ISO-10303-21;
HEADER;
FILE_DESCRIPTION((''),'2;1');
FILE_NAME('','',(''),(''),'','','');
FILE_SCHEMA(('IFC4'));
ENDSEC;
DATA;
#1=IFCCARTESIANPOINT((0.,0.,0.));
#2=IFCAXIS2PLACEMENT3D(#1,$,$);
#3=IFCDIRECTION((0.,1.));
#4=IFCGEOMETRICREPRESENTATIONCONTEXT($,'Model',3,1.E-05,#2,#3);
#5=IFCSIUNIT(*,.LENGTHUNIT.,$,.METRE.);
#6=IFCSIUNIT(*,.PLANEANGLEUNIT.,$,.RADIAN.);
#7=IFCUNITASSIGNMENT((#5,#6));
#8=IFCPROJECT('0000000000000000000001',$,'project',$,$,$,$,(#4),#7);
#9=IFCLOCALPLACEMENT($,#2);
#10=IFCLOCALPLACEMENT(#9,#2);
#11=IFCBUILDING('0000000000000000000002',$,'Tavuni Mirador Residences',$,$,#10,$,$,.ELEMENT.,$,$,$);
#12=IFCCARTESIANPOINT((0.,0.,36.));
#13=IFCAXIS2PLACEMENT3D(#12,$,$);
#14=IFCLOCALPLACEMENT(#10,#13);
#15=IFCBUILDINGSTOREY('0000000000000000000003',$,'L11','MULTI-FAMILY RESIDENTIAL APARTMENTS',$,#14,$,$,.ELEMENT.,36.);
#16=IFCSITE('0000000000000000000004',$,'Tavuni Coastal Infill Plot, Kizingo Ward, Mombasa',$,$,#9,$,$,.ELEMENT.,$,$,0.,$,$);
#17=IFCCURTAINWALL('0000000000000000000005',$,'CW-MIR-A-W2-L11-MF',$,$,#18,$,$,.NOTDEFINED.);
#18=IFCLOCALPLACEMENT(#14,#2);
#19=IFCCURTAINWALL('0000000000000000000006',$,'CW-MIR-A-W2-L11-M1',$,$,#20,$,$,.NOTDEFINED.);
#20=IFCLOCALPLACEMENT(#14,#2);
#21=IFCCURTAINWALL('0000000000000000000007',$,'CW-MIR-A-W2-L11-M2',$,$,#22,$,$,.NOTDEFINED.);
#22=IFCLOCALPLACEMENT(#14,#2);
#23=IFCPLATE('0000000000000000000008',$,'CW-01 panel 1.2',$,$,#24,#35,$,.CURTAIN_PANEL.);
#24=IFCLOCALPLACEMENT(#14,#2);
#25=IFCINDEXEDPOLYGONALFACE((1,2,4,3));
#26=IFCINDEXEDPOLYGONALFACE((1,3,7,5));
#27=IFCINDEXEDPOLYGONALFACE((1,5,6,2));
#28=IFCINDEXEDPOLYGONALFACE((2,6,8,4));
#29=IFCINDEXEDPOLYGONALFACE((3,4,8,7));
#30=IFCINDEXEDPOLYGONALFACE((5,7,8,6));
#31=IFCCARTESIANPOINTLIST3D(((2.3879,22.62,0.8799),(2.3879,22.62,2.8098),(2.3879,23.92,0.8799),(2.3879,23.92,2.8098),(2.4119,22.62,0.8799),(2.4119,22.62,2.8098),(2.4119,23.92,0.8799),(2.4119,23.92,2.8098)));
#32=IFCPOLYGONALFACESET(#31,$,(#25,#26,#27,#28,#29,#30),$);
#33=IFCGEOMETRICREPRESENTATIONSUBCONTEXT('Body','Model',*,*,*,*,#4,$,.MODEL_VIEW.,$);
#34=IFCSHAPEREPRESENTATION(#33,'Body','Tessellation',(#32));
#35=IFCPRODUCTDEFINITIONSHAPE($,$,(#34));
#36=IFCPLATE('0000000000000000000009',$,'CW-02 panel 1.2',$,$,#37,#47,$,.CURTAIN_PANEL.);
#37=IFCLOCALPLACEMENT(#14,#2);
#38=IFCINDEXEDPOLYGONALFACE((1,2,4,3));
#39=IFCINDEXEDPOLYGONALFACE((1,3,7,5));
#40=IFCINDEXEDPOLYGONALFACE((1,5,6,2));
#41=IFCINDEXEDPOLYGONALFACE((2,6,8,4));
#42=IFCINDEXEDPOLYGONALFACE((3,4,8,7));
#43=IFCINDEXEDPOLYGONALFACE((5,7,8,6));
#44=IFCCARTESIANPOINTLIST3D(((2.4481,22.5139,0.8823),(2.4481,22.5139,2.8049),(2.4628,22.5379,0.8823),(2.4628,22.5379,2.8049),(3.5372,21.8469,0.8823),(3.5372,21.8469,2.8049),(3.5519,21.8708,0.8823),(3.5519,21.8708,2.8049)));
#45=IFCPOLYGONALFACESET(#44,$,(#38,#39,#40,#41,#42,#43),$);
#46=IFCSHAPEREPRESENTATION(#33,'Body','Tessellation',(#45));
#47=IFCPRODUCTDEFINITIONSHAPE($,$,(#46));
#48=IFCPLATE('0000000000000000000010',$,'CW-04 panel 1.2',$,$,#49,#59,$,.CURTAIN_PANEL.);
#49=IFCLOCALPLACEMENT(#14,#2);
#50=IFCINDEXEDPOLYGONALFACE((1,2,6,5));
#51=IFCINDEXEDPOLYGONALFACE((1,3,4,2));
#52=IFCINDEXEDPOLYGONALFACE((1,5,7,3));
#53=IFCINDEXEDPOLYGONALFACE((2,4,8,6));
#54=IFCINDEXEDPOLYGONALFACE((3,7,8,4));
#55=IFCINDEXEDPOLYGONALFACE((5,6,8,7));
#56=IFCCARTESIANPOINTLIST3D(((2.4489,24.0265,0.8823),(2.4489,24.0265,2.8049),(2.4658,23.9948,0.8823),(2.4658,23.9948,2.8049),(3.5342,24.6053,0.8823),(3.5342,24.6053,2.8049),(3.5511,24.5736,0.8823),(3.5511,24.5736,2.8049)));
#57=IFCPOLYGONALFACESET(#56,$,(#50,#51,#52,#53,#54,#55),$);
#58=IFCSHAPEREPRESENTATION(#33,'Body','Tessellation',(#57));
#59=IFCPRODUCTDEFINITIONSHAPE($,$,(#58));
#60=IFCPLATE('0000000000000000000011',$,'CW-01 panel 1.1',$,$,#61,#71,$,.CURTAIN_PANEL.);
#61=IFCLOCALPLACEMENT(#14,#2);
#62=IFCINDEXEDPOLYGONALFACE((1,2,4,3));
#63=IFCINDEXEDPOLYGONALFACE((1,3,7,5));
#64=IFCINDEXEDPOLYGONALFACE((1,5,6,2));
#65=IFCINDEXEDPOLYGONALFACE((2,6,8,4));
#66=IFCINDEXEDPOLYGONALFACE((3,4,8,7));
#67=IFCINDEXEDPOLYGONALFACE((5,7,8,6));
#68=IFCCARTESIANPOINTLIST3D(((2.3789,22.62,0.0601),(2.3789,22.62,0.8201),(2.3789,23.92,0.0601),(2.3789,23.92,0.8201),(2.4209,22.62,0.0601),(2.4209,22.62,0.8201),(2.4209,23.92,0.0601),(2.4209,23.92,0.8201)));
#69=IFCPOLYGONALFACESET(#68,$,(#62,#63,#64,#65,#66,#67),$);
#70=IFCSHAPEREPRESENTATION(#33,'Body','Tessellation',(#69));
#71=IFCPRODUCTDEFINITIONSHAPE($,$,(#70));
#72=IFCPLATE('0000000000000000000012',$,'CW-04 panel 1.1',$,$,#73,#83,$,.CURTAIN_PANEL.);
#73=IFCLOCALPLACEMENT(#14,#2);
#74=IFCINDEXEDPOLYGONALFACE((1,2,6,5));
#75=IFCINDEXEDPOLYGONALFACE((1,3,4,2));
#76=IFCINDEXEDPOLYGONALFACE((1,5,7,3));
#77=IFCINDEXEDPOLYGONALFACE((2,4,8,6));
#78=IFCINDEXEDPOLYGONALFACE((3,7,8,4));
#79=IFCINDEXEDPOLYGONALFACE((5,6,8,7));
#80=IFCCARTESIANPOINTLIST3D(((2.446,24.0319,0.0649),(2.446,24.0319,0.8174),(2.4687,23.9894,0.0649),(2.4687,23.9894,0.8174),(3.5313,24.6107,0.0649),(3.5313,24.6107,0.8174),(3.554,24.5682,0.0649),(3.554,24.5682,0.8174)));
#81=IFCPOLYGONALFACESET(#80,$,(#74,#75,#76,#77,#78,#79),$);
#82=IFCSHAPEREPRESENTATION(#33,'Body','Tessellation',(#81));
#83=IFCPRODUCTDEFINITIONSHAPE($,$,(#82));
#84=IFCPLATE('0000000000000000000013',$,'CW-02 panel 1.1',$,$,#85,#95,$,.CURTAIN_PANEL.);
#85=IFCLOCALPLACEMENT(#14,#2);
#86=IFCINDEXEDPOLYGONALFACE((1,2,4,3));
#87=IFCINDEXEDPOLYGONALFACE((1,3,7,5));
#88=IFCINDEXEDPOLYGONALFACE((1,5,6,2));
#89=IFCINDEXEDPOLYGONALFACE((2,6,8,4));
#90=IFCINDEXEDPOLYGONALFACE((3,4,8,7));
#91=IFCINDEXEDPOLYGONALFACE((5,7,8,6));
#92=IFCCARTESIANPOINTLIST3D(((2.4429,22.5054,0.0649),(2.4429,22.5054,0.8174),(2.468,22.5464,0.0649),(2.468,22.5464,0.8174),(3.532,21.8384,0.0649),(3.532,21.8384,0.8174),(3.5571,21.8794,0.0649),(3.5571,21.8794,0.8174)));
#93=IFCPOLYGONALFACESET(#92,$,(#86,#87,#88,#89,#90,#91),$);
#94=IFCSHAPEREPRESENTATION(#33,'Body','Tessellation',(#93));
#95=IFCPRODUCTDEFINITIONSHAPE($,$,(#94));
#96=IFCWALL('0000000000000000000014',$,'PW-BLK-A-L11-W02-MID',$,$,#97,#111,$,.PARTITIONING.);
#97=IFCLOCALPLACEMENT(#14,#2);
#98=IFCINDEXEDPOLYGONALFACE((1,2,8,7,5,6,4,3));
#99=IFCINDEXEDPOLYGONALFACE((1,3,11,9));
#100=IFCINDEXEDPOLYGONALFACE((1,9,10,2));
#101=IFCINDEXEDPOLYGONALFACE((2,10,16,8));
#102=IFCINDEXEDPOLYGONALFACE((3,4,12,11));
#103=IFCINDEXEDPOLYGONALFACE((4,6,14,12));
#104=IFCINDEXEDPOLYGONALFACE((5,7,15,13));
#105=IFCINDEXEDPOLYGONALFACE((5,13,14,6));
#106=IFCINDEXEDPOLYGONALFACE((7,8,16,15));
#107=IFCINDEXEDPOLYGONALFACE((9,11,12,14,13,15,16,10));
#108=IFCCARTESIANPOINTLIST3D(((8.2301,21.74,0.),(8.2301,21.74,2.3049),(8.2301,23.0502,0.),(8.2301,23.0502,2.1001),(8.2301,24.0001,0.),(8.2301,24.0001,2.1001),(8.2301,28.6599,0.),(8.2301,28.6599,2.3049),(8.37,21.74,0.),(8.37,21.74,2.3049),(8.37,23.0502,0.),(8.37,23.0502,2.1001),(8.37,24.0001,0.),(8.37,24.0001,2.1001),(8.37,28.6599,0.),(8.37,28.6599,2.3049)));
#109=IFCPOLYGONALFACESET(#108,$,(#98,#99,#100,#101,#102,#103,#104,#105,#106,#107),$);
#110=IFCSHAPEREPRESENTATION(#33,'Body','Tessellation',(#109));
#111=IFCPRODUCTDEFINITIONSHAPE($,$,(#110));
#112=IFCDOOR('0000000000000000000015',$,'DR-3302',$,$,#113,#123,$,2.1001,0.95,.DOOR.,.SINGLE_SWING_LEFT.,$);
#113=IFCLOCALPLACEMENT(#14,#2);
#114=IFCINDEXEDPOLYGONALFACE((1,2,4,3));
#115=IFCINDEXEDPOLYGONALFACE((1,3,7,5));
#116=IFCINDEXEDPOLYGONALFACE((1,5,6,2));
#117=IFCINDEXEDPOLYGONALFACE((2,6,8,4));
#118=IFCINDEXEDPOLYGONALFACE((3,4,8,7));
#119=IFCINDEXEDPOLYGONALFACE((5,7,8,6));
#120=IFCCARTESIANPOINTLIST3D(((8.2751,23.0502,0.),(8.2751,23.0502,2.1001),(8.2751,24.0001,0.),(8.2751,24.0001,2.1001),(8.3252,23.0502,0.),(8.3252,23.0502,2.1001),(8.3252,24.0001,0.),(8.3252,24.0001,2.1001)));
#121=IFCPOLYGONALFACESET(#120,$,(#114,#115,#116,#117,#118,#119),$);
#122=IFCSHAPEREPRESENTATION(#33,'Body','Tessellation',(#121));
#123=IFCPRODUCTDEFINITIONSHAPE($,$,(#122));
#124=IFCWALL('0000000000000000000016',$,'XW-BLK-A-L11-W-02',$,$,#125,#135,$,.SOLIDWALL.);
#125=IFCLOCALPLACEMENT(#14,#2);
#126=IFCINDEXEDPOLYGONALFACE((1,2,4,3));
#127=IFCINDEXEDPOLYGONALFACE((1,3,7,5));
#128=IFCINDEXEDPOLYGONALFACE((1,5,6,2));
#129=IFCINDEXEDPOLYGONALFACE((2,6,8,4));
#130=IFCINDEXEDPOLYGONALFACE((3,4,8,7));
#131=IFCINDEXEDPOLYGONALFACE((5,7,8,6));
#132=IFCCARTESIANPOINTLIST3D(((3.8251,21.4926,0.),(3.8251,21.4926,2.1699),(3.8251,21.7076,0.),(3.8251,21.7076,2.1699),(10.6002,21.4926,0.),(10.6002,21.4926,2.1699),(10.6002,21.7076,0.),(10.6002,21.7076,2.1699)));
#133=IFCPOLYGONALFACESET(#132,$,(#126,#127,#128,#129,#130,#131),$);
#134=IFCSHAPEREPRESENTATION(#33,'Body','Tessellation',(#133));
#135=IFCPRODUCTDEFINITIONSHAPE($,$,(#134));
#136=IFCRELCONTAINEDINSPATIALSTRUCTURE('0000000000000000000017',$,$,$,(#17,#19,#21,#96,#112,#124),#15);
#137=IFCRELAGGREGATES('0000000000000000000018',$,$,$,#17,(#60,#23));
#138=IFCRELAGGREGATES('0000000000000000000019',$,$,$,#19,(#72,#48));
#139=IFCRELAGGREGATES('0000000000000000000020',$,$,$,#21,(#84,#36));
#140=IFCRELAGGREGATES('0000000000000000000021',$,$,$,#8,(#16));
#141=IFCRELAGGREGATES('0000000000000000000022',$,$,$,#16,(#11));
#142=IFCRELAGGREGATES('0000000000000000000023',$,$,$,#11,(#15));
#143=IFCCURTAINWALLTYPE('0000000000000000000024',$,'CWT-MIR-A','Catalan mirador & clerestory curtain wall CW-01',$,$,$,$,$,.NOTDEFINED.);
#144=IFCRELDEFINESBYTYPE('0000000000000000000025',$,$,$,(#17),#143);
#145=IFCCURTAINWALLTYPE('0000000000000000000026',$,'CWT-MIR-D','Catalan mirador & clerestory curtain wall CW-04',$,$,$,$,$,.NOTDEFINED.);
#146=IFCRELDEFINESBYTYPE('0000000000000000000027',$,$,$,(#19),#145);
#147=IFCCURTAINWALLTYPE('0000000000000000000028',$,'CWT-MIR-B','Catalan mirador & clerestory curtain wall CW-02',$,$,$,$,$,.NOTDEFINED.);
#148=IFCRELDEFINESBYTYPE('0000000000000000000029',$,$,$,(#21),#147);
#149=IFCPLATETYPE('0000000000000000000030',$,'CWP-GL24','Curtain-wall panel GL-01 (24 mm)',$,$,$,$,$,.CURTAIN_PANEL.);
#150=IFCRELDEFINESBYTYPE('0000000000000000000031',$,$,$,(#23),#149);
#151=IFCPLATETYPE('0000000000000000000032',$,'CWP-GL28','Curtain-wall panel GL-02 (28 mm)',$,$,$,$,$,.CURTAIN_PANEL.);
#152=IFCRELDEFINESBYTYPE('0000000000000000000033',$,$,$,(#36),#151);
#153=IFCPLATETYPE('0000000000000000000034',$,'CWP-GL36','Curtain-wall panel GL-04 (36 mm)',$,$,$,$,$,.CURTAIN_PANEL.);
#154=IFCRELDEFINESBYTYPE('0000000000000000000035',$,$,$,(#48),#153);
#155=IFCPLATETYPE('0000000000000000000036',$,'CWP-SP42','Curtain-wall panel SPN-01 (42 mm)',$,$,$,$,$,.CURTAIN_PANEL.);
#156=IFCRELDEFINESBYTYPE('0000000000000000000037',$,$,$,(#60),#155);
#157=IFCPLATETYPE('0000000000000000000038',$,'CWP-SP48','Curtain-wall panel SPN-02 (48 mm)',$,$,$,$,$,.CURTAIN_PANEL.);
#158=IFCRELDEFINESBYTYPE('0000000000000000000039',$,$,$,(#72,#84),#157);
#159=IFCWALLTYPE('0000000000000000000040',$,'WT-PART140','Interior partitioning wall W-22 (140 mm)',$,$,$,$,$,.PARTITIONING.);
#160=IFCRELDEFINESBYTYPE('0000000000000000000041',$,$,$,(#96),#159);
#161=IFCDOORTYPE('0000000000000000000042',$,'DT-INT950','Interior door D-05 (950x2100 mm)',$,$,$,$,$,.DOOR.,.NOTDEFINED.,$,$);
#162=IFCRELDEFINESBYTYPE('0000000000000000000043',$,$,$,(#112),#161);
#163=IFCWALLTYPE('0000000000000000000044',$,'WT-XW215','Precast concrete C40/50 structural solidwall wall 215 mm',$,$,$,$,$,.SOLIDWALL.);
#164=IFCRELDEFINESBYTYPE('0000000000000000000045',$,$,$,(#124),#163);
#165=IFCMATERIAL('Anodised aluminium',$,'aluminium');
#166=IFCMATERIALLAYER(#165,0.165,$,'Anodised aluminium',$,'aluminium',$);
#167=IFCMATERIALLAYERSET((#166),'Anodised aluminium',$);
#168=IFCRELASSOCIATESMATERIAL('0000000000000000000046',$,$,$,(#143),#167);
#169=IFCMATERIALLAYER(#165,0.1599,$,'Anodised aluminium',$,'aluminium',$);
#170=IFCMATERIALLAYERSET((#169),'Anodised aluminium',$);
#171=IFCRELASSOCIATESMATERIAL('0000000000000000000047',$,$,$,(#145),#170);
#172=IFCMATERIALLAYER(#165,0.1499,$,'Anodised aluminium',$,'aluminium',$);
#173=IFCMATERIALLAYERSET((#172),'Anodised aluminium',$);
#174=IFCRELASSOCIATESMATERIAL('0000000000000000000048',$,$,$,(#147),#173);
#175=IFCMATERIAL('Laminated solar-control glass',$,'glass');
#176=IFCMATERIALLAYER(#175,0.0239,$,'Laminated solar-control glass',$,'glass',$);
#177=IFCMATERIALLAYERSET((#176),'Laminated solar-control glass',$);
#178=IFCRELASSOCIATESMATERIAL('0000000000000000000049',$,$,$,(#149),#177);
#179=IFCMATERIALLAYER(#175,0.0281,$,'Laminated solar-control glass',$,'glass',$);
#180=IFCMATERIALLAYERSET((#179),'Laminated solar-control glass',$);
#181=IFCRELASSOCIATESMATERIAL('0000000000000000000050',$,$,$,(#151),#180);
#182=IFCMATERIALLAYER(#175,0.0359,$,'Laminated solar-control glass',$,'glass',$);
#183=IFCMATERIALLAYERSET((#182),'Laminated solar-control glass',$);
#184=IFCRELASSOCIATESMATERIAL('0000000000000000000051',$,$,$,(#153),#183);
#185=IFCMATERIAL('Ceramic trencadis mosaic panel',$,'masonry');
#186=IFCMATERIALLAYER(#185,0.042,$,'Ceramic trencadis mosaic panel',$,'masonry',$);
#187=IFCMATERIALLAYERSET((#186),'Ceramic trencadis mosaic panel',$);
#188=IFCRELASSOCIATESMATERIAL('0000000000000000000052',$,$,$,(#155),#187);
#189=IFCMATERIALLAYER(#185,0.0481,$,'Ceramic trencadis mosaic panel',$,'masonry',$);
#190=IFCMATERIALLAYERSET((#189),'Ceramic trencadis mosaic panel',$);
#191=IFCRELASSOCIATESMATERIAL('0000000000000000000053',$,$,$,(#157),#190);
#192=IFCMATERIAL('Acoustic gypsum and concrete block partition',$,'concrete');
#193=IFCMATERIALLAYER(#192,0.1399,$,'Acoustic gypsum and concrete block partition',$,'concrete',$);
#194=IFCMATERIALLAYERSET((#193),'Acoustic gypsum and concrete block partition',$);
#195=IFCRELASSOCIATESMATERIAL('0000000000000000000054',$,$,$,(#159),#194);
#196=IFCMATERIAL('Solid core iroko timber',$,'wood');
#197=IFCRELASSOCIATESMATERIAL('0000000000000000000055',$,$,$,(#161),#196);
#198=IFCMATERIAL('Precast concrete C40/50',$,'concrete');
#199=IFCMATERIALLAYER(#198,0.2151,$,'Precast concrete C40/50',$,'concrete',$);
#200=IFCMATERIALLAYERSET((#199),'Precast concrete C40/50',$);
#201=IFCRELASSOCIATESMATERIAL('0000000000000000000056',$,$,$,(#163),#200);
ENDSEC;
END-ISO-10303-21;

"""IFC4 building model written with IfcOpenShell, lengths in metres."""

from ifc_helpers import new_model, si_unit, direction, frame, frame_2d, origin, origin_2d, place, context, subcontext, project, spatial, rectangle, extrude, material, layer, layer_set, type_object, element, fill, aggregate, save


model = new_model("IFC4")

# Units and contexts
model_context = context("Model", 3, precision=1e-05, world=origin(), true_north=direction((0.0, 1.0)))
body_context = subcontext(model_context, "Body", "Model", "MODEL_VIEW")
ifc_project = project(units=[si_unit("LENGTHUNIT", "METRE"), si_unit("PLANEANGLEUNIT", "RADIAN")], contexts=[model_context])

# Site, building, storey
site_placement = place(None, origin())
site = spatial("IfcSite", under=ifc_project, at=site_placement, Name="Tavuni Coastal Infill Plot, Kizingo Ward, Mombasa", CompositionType="ELEMENT", RefElevation=0.0)
building_placement = place(site_placement, origin())
building = spatial("IfcBuilding", under=site, at=building_placement, Name="Tavuni Mirador Residences", CompositionType="ELEMENT")
storey_placement = place(building_placement, frame((0.0, 0.0, 36.0)))
storey = spatial("IfcBuildingStorey", under=building, at=storey_placement, Name="L11", Description="MULTI-FAMILY RESIDENTIAL APARTMENTS", CompositionType="ELEMENT", Elevation=36.0)

# Shared definitions
ifc_material_1 = material(Name="Precast concrete C40/50", Category="concrete")

# Curtain walls
ifc_material_2 = material(Name="Anodised aluminium", Category="aluminium")
ifc_layer_1 = layer(ifc_material_2, 0.165, Name="Anodised aluminium", Category="aluminium")
ifc_layer_set_1 = layer_set([ifc_layer_1], Name="Anodised aluminium")
curtain_wall_type_1 = type_object("IfcCurtainWallType", Name="CWT-MIR-A", Description="Catalan mirador & clerestory curtain wall CW-01", PredefinedType="NOTDEFINED", material=ifc_layer_set_1)
curtain_wall_1_placement = place(storey_placement, origin())
curtain_wall_1 = element("IfcCurtainWall", 1, at=curtain_wall_1_placement, inside=storey, type_object=curtain_wall_type_1, Name="CW-MIR-A-W2-L11-MF", PredefinedType="NOTDEFINED")
ifc_layer_2 = layer(ifc_material_2, 0.1599, Name="Anodised aluminium", Category="aluminium")
ifc_layer_set_2 = layer_set([ifc_layer_2], Name="Anodised aluminium")
curtain_wall_type_2 = type_object("IfcCurtainWallType", Name="CWT-MIR-D", Description="Catalan mirador & clerestory curtain wall CW-04", PredefinedType="NOTDEFINED", material=ifc_layer_set_2)
curtain_wall_2_placement = place(storey_placement, origin())
curtain_wall_2 = element("IfcCurtainWall", 2, at=curtain_wall_2_placement, inside=storey, type_object=curtain_wall_type_2, Name="CW-MIR-A-W2-L11-M1", PredefinedType="NOTDEFINED")
ifc_layer_3 = layer(ifc_material_2, 0.1499, Name="Anodised aluminium", Category="aluminium")
ifc_layer_set_3 = layer_set([ifc_layer_3], Name="Anodised aluminium")
curtain_wall_type_3 = type_object("IfcCurtainWallType", Name="CWT-MIR-B", Description="Catalan mirador & clerestory curtain wall CW-02", PredefinedType="NOTDEFINED", material=ifc_layer_set_3)
curtain_wall_3_placement = place(storey_placement, origin())
curtain_wall_3 = element("IfcCurtainWall", 3, at=curtain_wall_3_placement, inside=storey, type_object=curtain_wall_type_3, Name="CW-MIR-A-W2-L11-M2", PredefinedType="NOTDEFINED")

# Plates
ifc_material_3 = material(Name="Laminated solar-control glass", Category="glass")
ifc_layer_4 = layer(ifc_material_3, 0.0239, Name="Laminated solar-control glass", Category="glass")
ifc_layer_set_4 = layer_set([ifc_layer_4], Name="Laminated solar-control glass")
plate_type_1 = type_object("IfcPlateType", Name="CWP-GL24", Description="Curtain-wall panel GL-01 (24 mm)", PredefinedType="CURTAIN_PANEL", material=ifc_layer_set_4)
plate_1_placement = place(storey_placement, frame((2.3999, 23.27, 0.8799), z_axis=(0.0, 0.0, 1.0), x_axis=(0.0, -1.0, 0.0)))
plate_1 = element("IfcPlate", 4, at=plate_1_placement, type_object=plate_type_1, Name="CW-01 panel 1.2", PredefinedType="CURTAIN_PANEL", context=body_context, shape_type="SweptSolid", body=[
    extrude(rectangle(XDim=1.3, YDim=0.0239, at=origin_2d()), origin(), (0.0, 0.0, 1.0), 1.9299),
])
ifc_layer_5 = layer(ifc_material_3, 0.0281, Name="Laminated solar-control glass", Category="glass")
ifc_layer_set_5 = layer_set([ifc_layer_5], Name="Laminated solar-control glass")
plate_type_2 = type_object("IfcPlateType", Name="CWP-GL28", Description="Curtain-wall panel GL-02 (28 mm)", PredefinedType="CURTAIN_PANEL", material=ifc_layer_set_5)
plate_2_placement = place(storey_placement, frame((3.0, 22.1924, 0.8823), z_axis=(0.0, 0.0, 1.0), x_axis=(0.852754, -0.522312, 0.0)))
plate_2 = element("IfcPlate", 5, at=plate_2_placement, type_object=plate_type_2, Name="CW-02 panel 1.2", PredefinedType="CURTAIN_PANEL", context=body_context, shape_type="SweptSolid", body=[
    extrude(rectangle(XDim=1.2771, YDim=0.0281, at=origin_2d()), origin(), (0.0, 0.0, 1.0), 1.9226),
])
ifc_layer_6 = layer(ifc_material_3, 0.0359, Name="Laminated solar-control glass", Category="glass")
ifc_layer_set_6 = layer_set([ifc_layer_6], Name="Laminated solar-control glass")
plate_type_3 = type_object("IfcPlateType", Name="CWP-GL36", Description="Curtain-wall panel GL-04 (36 mm)", PredefinedType="CURTAIN_PANEL", material=ifc_layer_set_6)
plate_3_placement = place(storey_placement, frame((3.0, 24.3, 0.8823), z_axis=(0.0, 0.0, 1.0), x_axis=(-0.882353, -0.470588, 0.0)))
plate_3 = element("IfcPlate", 6, at=plate_3_placement, type_object=plate_type_3, Name="CW-04 panel 1.2", PredefinedType="CURTAIN_PANEL", context=body_context, shape_type="SweptSolid", body=[
    extrude(rectangle(XDim=1.23, YDim=0.0359, at=origin_2d()), origin(), (0.0, 0.0, 1.0), 1.9226),
])
ifc_material_4 = material(Name="Ceramic trencadis mosaic panel", Category="masonry")
ifc_layer_7 = layer(ifc_material_4, 0.042, Name="Ceramic trencadis mosaic panel", Category="masonry")
ifc_layer_set_7 = layer_set([ifc_layer_7], Name="Ceramic trencadis mosaic panel")
plate_type_4 = type_object("IfcPlateType", Name="CWP-SP42", Description="Curtain-wall panel SPN-01 (42 mm)", PredefinedType="CURTAIN_PANEL", material=ifc_layer_set_7)
plate_4_placement = place(storey_placement, frame((2.3999, 23.27, 0.0601), z_axis=(0.0, 0.0, 1.0), x_axis=(0.0, -1.0, 0.0)))
plate_4 = element("IfcPlate", 7, at=plate_4_placement, type_object=plate_type_4, Name="CW-01 panel 1.1", PredefinedType="CURTAIN_PANEL", context=body_context, shape_type="SweptSolid", body=[
    extrude(rectangle(XDim=1.3, YDim=0.042, at=origin_2d()), origin(), (0.0, 0.0, 1.0), 0.76),
])
aggregate(curtain_wall_1, [plate_4, plate_1])
ifc_layer_8 = layer(ifc_material_4, 0.0481, Name="Ceramic trencadis mosaic panel", Category="masonry")
ifc_layer_set_8 = layer_set([ifc_layer_8], Name="Ceramic trencadis mosaic panel")
plate_type_5 = type_object("IfcPlateType", Name="CWP-SP48", Description="Curtain-wall panel SPN-02 (48 mm)", PredefinedType="CURTAIN_PANEL", material=ifc_layer_set_8)
plate_5_placement = place(storey_placement, frame((3.0, 24.3, 0.0649), z_axis=(0.0, 0.0, 1.0), x_axis=(-0.882353, -0.470588, 0.0)))
plate_5 = element("IfcPlate", 8, at=plate_5_placement, type_object=plate_type_5, Name="CW-04 panel 1.1", PredefinedType="CURTAIN_PANEL", context=body_context, shape_type="SweptSolid", body=[
    extrude(rectangle(XDim=1.23, YDim=0.0481, at=origin_2d()), origin(), (0.0, 0.0, 1.0), 0.7524),
])
aggregate(curtain_wall_2, [plate_5, plate_3])
plate_6_placement = place(storey_placement, frame((3.0, 22.1924, 0.0649), z_axis=(0.0, 0.0, 1.0), x_axis=(0.852754, -0.522312, 0.0)))
plate_6 = element("IfcPlate", 9, at=plate_6_placement, type_object=plate_type_5, Name="CW-02 panel 1.1", PredefinedType="CURTAIN_PANEL", context=body_context, shape_type="SweptSolid", body=[
    extrude(rectangle(XDim=1.2771, YDim=0.0481, at=origin_2d()), origin(), (0.0, 0.0, 1.0), 0.7524),
])
aggregate(curtain_wall_3, [plate_6, plate_2])

# Wall, opening, door
ifc_material_5 = material(Name="Solid core iroko timber", Category="wood")
ifc_material_6 = material(Name="Acoustic gypsum and concrete block partition", Category="concrete")
ifc_layer_9 = layer(ifc_material_6, 0.1399, Name="Acoustic gypsum and concrete block partition", Category="concrete")
ifc_layer_set_9 = layer_set([ifc_layer_9], Name="Acoustic gypsum and concrete block partition")
wall_type_1 = type_object("IfcWallType", Name="WT-PART140", Description="Interior partitioning wall W-22 (140 mm)", PredefinedType="PARTITIONING", material=ifc_layer_set_9)
wall_1_placement = place(storey_placement, frame((8.3, 21.74, 0.0), z_axis=(0.0, 0.0, 1.0), x_axis=(0.0, 1.0, 0.0)))
wall_1 = element("IfcWall", 10, at=wall_1_placement, inside=storey, type_object=wall_type_1, Name="PW-BLK-A-L11-W02-MID", PredefinedType="PARTITIONING", context=body_context, shape_type="SweptSolid", body=[
    extrude(rectangle(XDim=6.9199, YDim=0.1399, at=frame_2d((3.46, 0.0))), origin(), (0.0, 0.0, 1.0), 2.3049),
])
opening_1_placement = place(wall_1_placement, frame((1.3101, 0.0, 0.0)))
opening_1 = element("IfcOpeningElement", 11, at=opening_1_placement, cuts=wall_1, PredefinedType="OPENING", context=body_context, shape_type="SweptSolid", body=[
    extrude(rectangle(XDim=0.95, YDim=2.1001, at=frame_2d((0.4751, 1.05))), frame((0.0, 0.0801, 0.0), z_axis=(0.0, -1.0, 0.0), x_axis=(1.0, 0.0, 0.0)), (0.0, 0.0, 1.0), 0.1599),
])
door_type_1 = type_object("IfcDoorType", Name="DT-INT950", Description="Interior door D-05 (950x2100 mm)", OperationType="NOTDEFINED", PredefinedType="DOOR", material=ifc_material_5)
door_1_placement = place(opening_1_placement, origin())
door_1 = element("IfcDoor", 12, at=door_1_placement, inside=storey, type_object=door_type_1, Name="DR-3302", OperationType="SINGLE_SWING_LEFT", OverallHeight=2.1001, OverallWidth=0.95, PredefinedType="DOOR", context=body_context, shape_type="SweptSolid", body=[
    extrude(rectangle(XDim=0.95, YDim=2.1001, at=frame_2d((0.4751, 1.05))), frame((0.0, 0.0249, 0.0), z_axis=(0.0, -1.0, 0.0), x_axis=(1.0, 0.0, 0.0)), (0.0, 0.0, 1.0), 0.05),
])
fill(opening_1, door_1)

# Wall
ifc_layer_10 = layer(ifc_material_1, 0.2151, Name="Precast concrete C40/50", Category="concrete")
ifc_layer_set_10 = layer_set([ifc_layer_10], Name="Precast concrete C40/50")
wall_type_2 = type_object("IfcWallType", Name="WT-XW215", Description="Precast concrete C40/50 structural solidwall wall 215 mm", PredefinedType="SOLIDWALL", material=ifc_layer_set_10)
wall_2_placement = place(storey_placement, frame((3.825, 21.6001, 0.0), z_axis=(0.0, 0.0, 1.0), x_axis=(1.0, 0.0, 0.0)))
element("IfcWall", 13, at=wall_2_placement, inside=storey, type_object=wall_type_2, Name="XW-BLK-A-L11-W-02", PredefinedType="SOLIDWALL", context=body_context, shape_type="SweptSolid", body=[
    extrude(rectangle(XDim=6.7751, YDim=0.2151, at=frame_2d((3.3877, 0.0))), origin(), (0.0, 0.0, 1.0), 2.1699),
])

save(model, "model.ifc")
